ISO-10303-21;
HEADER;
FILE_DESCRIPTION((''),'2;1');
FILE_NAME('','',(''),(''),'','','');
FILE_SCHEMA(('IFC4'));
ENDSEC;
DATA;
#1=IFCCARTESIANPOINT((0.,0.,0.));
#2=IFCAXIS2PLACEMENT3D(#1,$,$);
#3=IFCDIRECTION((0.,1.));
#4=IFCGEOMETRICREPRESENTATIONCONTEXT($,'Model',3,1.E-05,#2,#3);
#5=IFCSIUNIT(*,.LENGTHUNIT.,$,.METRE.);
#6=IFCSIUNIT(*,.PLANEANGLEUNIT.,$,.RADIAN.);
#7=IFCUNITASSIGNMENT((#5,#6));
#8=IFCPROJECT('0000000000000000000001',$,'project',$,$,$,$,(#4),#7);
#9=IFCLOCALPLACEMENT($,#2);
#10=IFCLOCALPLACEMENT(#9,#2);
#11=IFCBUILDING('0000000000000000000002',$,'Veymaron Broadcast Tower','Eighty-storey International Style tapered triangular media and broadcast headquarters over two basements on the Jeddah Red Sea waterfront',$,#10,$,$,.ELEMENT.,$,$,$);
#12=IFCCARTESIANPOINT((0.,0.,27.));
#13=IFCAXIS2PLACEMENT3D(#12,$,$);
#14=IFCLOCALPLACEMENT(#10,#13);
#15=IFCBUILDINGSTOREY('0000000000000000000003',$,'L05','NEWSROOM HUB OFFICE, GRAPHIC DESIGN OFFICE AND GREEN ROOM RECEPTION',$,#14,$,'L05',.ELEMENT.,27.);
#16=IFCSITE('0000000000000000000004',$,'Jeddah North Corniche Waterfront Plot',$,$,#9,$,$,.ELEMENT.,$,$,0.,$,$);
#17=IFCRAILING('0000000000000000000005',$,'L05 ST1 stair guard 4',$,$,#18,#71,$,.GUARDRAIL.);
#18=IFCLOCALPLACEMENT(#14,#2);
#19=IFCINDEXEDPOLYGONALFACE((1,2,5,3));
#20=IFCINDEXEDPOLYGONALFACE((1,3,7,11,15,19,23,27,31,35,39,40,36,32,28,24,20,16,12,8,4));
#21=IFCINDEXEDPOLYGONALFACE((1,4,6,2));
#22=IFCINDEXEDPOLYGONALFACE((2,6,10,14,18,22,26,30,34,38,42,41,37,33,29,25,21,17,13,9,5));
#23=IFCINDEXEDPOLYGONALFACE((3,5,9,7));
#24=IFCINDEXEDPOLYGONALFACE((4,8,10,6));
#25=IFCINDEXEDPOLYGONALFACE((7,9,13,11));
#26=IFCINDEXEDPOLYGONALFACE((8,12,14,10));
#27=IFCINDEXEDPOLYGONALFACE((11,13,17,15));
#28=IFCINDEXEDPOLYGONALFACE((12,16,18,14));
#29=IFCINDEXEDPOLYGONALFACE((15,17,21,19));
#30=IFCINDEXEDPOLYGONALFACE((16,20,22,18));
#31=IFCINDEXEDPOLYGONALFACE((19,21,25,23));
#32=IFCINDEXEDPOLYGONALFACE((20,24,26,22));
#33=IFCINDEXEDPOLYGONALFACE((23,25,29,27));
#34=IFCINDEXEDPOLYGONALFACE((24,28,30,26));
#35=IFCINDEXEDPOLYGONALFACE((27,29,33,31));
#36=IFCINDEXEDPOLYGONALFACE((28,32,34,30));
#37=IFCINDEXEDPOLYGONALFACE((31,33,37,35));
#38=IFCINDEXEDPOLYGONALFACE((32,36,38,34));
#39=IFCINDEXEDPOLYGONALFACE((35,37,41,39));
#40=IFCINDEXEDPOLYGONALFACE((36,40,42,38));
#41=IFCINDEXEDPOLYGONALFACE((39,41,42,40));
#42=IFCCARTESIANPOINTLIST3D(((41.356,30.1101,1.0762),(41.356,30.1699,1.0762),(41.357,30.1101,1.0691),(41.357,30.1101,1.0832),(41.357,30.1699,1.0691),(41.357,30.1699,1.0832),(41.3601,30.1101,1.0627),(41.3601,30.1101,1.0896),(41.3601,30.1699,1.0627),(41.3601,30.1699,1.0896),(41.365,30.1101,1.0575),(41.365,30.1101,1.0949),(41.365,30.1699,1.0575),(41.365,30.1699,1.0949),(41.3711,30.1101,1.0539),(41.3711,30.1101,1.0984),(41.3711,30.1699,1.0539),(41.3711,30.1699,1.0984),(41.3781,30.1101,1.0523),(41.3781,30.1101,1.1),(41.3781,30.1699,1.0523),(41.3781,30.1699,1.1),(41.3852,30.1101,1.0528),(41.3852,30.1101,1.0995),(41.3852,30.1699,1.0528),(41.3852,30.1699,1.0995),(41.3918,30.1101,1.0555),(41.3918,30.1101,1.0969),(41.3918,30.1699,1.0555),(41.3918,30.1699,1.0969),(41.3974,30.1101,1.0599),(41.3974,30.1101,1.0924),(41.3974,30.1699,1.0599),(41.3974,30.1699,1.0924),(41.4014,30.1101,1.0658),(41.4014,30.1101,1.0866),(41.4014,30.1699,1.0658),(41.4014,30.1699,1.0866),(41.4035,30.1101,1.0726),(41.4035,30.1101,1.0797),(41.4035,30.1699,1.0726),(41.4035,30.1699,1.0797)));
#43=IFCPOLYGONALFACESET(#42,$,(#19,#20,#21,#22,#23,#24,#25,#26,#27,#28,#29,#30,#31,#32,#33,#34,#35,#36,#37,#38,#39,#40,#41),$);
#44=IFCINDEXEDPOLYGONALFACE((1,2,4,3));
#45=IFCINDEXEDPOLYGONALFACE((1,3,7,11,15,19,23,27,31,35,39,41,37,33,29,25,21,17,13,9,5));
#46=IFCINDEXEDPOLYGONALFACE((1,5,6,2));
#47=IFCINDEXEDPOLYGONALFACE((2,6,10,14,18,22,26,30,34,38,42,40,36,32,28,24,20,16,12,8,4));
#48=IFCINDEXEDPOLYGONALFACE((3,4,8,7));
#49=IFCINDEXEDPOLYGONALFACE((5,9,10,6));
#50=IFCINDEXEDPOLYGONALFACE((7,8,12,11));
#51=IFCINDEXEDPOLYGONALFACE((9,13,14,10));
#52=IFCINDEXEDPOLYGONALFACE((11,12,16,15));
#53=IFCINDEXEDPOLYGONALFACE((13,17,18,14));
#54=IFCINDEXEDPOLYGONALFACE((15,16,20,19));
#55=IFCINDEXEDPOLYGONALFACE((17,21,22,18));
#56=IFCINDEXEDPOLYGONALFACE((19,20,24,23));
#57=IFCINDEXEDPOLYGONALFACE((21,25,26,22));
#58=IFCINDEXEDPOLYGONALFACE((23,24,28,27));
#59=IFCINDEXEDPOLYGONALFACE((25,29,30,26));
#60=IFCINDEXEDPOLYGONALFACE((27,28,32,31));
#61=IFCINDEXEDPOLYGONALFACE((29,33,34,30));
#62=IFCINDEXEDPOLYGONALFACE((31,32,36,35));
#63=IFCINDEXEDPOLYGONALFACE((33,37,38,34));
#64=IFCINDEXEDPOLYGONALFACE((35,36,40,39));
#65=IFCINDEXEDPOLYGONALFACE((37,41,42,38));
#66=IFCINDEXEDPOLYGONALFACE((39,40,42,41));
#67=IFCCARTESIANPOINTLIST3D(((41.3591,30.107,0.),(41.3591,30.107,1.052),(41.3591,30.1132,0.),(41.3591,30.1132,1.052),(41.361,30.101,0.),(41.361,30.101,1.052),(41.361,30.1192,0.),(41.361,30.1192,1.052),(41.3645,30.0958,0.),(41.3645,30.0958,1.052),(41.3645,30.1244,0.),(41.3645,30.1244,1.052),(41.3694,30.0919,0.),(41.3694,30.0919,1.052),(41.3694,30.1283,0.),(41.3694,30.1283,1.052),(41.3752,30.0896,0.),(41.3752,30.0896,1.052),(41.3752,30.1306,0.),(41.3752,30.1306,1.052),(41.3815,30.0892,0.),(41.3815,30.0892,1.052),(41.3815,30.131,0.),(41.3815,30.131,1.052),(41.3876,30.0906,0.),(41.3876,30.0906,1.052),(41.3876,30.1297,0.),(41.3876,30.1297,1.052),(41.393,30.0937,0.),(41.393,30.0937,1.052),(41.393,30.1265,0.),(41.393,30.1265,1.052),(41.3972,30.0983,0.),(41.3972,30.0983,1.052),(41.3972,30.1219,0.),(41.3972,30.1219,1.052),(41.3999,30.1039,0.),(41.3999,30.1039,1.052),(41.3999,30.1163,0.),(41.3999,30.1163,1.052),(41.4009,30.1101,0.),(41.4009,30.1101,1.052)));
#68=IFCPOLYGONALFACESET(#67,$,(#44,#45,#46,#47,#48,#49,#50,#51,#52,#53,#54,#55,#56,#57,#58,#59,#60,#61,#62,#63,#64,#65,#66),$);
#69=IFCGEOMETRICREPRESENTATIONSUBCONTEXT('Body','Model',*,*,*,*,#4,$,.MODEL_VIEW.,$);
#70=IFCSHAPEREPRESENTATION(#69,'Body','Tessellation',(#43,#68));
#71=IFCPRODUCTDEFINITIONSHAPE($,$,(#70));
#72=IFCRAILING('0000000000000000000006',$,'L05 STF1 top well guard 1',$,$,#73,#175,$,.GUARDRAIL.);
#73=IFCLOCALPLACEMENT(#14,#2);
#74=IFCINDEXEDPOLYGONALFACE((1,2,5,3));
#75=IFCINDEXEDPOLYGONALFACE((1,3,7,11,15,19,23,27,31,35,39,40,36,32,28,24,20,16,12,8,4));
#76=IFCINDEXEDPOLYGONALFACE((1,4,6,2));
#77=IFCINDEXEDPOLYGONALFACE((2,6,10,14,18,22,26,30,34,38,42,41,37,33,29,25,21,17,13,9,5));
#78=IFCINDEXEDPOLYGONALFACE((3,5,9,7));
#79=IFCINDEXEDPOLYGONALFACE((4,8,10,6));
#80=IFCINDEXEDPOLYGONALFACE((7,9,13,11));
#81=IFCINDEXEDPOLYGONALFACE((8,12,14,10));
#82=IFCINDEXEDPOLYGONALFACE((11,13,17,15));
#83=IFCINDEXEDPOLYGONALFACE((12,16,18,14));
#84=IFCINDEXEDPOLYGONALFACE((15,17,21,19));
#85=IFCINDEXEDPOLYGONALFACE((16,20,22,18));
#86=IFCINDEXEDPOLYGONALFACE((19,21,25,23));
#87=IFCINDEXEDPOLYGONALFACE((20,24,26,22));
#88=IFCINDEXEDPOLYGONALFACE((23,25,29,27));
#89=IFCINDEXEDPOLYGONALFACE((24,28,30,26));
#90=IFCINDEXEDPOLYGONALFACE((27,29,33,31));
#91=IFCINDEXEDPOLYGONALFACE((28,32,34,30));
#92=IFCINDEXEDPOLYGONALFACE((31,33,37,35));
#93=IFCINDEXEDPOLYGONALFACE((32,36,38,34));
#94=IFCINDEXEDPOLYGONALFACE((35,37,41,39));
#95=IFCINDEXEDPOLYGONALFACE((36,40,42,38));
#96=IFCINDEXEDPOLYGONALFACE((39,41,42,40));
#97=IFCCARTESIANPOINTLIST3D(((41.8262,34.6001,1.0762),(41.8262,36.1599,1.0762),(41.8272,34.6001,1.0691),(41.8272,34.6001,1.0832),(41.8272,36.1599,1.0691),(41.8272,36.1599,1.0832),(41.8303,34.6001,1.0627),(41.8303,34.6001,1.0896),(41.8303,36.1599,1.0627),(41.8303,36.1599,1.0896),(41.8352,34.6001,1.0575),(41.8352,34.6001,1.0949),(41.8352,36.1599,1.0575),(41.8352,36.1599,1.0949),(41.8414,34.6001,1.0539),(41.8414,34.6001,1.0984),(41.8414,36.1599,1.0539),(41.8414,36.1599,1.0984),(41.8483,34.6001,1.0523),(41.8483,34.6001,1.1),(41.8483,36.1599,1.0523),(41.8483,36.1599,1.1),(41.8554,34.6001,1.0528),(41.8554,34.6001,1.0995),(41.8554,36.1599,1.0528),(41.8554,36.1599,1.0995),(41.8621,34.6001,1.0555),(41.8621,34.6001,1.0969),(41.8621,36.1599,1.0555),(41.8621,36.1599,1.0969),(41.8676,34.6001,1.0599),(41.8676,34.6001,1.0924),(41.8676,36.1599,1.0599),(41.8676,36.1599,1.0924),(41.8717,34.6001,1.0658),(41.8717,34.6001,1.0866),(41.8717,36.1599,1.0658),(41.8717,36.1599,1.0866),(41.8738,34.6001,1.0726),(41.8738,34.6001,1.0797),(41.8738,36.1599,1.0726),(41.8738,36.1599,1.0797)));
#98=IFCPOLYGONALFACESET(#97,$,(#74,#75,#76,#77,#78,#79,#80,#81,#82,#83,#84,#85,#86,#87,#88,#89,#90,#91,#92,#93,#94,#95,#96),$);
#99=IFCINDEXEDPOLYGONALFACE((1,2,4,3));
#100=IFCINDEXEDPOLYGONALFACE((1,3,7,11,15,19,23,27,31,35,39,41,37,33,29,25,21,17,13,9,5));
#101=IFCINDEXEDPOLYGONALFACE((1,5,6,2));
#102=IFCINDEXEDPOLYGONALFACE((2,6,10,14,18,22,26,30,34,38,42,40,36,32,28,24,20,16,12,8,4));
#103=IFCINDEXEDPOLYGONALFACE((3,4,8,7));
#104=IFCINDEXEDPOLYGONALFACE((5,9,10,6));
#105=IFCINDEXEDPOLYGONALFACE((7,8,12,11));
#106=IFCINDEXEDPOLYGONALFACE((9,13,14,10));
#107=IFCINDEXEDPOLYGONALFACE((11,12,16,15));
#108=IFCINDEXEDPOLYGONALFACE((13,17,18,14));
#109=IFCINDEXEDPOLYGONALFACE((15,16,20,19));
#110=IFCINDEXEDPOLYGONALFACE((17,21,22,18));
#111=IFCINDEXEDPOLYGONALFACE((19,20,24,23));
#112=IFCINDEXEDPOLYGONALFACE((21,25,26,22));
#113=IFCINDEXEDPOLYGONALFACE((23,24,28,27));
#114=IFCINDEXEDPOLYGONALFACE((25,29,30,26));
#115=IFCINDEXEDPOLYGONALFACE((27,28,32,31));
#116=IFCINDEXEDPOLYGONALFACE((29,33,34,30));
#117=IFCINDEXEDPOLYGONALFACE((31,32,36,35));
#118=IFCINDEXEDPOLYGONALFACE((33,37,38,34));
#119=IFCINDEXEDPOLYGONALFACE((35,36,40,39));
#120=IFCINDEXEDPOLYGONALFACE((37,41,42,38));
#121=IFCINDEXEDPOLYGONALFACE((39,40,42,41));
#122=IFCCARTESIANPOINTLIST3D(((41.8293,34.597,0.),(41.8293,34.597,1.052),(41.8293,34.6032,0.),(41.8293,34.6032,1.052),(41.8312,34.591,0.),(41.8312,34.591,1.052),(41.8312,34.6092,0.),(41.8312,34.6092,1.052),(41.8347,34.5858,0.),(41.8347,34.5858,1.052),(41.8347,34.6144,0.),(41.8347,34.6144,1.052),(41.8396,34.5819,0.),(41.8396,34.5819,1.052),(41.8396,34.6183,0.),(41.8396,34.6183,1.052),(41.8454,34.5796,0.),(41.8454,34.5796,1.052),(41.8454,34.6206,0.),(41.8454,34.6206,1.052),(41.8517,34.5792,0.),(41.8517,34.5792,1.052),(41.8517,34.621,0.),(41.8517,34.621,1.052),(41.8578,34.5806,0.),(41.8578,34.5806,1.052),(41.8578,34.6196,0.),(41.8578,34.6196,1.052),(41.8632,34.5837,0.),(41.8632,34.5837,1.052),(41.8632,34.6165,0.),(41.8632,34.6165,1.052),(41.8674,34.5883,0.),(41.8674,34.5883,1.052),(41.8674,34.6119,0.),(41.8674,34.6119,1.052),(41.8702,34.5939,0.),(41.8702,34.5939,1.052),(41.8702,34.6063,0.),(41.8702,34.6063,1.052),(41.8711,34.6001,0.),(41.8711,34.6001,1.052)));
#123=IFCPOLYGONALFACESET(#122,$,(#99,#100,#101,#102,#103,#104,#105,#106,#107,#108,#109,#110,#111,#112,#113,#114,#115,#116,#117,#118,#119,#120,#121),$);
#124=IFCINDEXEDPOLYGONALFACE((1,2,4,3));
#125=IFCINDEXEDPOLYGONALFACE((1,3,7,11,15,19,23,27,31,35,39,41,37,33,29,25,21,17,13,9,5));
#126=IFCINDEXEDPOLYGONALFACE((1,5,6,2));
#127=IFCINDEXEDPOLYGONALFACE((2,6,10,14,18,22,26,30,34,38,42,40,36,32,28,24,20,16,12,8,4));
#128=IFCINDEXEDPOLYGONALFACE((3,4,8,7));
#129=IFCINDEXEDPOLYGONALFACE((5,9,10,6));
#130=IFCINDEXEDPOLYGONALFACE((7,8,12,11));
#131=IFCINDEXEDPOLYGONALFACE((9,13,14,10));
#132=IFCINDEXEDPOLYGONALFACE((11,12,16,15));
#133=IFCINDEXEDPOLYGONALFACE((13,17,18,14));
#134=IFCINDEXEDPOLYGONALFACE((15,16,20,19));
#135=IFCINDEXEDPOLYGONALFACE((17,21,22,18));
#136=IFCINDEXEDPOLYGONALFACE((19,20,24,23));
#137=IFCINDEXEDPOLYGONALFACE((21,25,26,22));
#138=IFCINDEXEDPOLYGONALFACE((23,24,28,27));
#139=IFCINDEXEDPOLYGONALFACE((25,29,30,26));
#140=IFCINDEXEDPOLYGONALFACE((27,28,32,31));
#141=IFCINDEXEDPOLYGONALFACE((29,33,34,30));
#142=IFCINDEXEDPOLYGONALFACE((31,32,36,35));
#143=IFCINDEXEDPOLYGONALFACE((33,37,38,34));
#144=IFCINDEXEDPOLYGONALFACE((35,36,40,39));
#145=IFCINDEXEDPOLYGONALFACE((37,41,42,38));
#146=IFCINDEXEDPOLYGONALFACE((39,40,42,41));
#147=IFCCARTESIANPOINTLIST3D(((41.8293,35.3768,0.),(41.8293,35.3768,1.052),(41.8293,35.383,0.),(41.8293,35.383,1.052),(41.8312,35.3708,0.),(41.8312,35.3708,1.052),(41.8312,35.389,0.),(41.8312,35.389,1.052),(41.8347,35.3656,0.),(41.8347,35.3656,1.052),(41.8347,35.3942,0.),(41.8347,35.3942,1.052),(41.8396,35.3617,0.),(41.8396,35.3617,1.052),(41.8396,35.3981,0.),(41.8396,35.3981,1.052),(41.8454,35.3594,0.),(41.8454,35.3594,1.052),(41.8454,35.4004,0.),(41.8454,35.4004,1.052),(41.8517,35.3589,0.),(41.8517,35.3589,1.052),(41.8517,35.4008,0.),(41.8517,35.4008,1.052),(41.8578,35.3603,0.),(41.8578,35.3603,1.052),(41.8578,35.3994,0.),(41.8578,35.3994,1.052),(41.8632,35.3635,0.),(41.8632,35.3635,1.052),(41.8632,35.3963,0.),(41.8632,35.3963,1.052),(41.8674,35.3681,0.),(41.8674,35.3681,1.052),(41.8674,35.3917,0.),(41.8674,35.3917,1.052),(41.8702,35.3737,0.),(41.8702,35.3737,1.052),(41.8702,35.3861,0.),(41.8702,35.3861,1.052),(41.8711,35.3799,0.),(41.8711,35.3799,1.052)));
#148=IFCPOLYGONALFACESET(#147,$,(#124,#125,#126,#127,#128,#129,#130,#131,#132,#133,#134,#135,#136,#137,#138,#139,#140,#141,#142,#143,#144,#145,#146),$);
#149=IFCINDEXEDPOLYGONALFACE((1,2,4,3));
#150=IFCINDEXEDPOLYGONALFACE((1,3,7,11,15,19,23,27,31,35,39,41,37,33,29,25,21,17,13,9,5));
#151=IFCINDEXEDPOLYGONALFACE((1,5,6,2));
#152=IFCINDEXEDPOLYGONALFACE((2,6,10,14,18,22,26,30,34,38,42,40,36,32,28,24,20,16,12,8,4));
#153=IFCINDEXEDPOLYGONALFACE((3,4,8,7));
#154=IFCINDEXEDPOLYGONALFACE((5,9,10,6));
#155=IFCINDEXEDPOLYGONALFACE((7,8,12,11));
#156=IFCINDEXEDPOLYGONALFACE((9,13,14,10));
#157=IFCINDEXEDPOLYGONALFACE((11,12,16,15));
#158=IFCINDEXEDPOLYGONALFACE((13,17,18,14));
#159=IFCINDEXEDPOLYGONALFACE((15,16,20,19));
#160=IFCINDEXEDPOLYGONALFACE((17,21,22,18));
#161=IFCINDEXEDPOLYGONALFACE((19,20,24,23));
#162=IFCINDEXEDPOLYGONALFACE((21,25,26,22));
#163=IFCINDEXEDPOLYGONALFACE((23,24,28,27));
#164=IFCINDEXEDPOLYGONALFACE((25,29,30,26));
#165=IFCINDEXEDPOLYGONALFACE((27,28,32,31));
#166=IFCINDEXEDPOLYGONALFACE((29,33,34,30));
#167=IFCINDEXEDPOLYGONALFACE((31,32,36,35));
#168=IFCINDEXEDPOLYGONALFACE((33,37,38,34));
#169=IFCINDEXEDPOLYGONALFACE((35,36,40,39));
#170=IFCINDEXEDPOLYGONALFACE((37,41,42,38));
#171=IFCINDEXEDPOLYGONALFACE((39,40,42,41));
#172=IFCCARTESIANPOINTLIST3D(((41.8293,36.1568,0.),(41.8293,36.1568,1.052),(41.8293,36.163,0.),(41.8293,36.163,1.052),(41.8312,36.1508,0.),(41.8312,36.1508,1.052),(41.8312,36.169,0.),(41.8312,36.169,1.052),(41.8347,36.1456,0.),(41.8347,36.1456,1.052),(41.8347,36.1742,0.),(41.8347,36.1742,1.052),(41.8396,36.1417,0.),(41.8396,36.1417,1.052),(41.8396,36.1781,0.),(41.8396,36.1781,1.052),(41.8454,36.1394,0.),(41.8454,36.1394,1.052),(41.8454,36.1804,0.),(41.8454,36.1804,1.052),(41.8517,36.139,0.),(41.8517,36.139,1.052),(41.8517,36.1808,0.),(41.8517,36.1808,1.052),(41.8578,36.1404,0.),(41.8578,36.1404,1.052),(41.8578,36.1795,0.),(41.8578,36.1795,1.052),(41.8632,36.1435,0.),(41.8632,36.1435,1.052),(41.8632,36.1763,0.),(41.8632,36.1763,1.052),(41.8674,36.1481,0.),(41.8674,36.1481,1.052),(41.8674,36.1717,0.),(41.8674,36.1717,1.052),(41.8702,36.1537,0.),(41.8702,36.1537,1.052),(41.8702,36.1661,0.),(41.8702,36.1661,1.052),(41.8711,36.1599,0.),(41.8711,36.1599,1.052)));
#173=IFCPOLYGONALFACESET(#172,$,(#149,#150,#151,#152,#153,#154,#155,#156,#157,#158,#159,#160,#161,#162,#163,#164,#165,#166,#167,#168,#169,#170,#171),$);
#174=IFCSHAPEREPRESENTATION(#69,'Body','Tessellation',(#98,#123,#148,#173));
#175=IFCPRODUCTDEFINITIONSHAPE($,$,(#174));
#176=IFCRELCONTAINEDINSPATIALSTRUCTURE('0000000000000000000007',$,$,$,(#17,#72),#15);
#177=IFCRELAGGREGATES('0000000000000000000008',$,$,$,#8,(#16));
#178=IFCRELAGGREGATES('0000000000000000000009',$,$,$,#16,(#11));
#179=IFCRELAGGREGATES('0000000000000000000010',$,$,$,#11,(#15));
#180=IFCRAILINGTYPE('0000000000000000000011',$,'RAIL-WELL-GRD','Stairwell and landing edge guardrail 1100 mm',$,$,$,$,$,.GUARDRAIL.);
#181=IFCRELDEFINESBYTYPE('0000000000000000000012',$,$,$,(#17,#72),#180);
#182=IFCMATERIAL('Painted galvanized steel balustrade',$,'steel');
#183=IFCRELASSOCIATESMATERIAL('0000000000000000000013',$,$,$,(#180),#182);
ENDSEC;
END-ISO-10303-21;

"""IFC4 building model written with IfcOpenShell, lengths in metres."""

from ifc_helpers import new_model, si_unit, direction, frame, origin, origin_2d, place, context, subcontext, project, spatial, circle, extrude, material, type_object, element, save


model = new_model("IFC4")

# Units and contexts
model_context = context("Model", 3, precision=1e-05, world=origin(), true_north=direction((0.0, 1.0)))
body_context = subcontext(model_context, "Body", "Model", "MODEL_VIEW")
ifc_project = project(units=[si_unit("LENGTHUNIT", "METRE"), si_unit("PLANEANGLEUNIT", "RADIAN")], contexts=[model_context])

# Site, building, storey
site_placement = place(None, origin())
site = spatial("IfcSite", under=ifc_project, at=site_placement, Name="Jeddah North Corniche Waterfront Plot", CompositionType="ELEMENT", RefElevation=0.0)
building_placement = place(site_placement, origin())
building = spatial("IfcBuilding", under=site, at=building_placement, Name="Veymaron Broadcast Tower", Description="Eighty-storey International Style tapered triangular media and broadcast headquarters over two basements on the Jeddah Red Sea waterfront", CompositionType="ELEMENT")
storey_placement = place(building_placement, frame((0.0, 0.0, 27.0)))
storey = spatial("IfcBuildingStorey", under=building, at=storey_placement, Name="L05", Description="NEWSROOM HUB OFFICE, GRAPHIC DESIGN OFFICE AND GREEN ROOM RECEPTION", LongName="L05", CompositionType="ELEMENT", Elevation=27.0)

# Railings
ifc_material_1 = material(Name="Painted galvanized steel balustrade", Category="steel")
railing_type_1 = type_object("IfcRailingType", Name="RAIL-WELL-GRD", Description="Stairwell and landing edge guardrail 1100 mm", PredefinedType="GUARDRAIL", material=ifc_material_1)
railing_1_placement = place(storey_placement, frame((41.3799, 30.1101, 0.0)))
element("IfcRailing", 1, at=railing_1_placement, inside=storey, type_object=railing_type_1, Name="L05 ST1 stair guard 4", PredefinedType="GUARDRAIL", context=body_context, shape_type="SweptSolid", body=[
    extrude(circle(Radius=0.0239, at=origin_2d()), frame((0.0, 0.0, 1.0762), z_axis=(0.0, 1.0, 0.0), x_axis=(-1.0, 0.0, 0.0)), (0.0, 0.0, 1.0), 0.0598),
    extrude(circle(Radius=0.021, at=origin_2d()), origin(), (0.0, 0.0, 1.0), 1.052),
])
railing_2_placement = place(storey_placement, frame((41.8501, 34.6001, 0.0)))
element("IfcRailing", 2, at=railing_2_placement, inside=storey, type_object=railing_type_1, Name="L05 STF1 top well guard 1", PredefinedType="GUARDRAIL", context=body_context, shape_type="SweptSolid", body=[
    extrude(circle(Radius=0.0239, at=origin_2d()), frame((0.0, 0.0, 1.0762), z_axis=(0.0, 1.0, 0.0), x_axis=(-1.0, 0.0, 0.0)), (0.0, 0.0, 1.0), 1.5598),
    extrude(circle(Radius=0.021, at=origin_2d()), origin(), (0.0, 0.0, 1.0), 1.052),
    extrude(circle(Radius=0.021, at=origin_2d()), frame((0.0, 0.7798, 0.0)), (0.0, 0.0, 1.0), 1.052),
    extrude(circle(Radius=0.021, at=origin_2d()), frame((0.0, 1.5598, 0.0)), (0.0, 0.0, 1.0), 1.052),
])

save(model, "model.ifc")
